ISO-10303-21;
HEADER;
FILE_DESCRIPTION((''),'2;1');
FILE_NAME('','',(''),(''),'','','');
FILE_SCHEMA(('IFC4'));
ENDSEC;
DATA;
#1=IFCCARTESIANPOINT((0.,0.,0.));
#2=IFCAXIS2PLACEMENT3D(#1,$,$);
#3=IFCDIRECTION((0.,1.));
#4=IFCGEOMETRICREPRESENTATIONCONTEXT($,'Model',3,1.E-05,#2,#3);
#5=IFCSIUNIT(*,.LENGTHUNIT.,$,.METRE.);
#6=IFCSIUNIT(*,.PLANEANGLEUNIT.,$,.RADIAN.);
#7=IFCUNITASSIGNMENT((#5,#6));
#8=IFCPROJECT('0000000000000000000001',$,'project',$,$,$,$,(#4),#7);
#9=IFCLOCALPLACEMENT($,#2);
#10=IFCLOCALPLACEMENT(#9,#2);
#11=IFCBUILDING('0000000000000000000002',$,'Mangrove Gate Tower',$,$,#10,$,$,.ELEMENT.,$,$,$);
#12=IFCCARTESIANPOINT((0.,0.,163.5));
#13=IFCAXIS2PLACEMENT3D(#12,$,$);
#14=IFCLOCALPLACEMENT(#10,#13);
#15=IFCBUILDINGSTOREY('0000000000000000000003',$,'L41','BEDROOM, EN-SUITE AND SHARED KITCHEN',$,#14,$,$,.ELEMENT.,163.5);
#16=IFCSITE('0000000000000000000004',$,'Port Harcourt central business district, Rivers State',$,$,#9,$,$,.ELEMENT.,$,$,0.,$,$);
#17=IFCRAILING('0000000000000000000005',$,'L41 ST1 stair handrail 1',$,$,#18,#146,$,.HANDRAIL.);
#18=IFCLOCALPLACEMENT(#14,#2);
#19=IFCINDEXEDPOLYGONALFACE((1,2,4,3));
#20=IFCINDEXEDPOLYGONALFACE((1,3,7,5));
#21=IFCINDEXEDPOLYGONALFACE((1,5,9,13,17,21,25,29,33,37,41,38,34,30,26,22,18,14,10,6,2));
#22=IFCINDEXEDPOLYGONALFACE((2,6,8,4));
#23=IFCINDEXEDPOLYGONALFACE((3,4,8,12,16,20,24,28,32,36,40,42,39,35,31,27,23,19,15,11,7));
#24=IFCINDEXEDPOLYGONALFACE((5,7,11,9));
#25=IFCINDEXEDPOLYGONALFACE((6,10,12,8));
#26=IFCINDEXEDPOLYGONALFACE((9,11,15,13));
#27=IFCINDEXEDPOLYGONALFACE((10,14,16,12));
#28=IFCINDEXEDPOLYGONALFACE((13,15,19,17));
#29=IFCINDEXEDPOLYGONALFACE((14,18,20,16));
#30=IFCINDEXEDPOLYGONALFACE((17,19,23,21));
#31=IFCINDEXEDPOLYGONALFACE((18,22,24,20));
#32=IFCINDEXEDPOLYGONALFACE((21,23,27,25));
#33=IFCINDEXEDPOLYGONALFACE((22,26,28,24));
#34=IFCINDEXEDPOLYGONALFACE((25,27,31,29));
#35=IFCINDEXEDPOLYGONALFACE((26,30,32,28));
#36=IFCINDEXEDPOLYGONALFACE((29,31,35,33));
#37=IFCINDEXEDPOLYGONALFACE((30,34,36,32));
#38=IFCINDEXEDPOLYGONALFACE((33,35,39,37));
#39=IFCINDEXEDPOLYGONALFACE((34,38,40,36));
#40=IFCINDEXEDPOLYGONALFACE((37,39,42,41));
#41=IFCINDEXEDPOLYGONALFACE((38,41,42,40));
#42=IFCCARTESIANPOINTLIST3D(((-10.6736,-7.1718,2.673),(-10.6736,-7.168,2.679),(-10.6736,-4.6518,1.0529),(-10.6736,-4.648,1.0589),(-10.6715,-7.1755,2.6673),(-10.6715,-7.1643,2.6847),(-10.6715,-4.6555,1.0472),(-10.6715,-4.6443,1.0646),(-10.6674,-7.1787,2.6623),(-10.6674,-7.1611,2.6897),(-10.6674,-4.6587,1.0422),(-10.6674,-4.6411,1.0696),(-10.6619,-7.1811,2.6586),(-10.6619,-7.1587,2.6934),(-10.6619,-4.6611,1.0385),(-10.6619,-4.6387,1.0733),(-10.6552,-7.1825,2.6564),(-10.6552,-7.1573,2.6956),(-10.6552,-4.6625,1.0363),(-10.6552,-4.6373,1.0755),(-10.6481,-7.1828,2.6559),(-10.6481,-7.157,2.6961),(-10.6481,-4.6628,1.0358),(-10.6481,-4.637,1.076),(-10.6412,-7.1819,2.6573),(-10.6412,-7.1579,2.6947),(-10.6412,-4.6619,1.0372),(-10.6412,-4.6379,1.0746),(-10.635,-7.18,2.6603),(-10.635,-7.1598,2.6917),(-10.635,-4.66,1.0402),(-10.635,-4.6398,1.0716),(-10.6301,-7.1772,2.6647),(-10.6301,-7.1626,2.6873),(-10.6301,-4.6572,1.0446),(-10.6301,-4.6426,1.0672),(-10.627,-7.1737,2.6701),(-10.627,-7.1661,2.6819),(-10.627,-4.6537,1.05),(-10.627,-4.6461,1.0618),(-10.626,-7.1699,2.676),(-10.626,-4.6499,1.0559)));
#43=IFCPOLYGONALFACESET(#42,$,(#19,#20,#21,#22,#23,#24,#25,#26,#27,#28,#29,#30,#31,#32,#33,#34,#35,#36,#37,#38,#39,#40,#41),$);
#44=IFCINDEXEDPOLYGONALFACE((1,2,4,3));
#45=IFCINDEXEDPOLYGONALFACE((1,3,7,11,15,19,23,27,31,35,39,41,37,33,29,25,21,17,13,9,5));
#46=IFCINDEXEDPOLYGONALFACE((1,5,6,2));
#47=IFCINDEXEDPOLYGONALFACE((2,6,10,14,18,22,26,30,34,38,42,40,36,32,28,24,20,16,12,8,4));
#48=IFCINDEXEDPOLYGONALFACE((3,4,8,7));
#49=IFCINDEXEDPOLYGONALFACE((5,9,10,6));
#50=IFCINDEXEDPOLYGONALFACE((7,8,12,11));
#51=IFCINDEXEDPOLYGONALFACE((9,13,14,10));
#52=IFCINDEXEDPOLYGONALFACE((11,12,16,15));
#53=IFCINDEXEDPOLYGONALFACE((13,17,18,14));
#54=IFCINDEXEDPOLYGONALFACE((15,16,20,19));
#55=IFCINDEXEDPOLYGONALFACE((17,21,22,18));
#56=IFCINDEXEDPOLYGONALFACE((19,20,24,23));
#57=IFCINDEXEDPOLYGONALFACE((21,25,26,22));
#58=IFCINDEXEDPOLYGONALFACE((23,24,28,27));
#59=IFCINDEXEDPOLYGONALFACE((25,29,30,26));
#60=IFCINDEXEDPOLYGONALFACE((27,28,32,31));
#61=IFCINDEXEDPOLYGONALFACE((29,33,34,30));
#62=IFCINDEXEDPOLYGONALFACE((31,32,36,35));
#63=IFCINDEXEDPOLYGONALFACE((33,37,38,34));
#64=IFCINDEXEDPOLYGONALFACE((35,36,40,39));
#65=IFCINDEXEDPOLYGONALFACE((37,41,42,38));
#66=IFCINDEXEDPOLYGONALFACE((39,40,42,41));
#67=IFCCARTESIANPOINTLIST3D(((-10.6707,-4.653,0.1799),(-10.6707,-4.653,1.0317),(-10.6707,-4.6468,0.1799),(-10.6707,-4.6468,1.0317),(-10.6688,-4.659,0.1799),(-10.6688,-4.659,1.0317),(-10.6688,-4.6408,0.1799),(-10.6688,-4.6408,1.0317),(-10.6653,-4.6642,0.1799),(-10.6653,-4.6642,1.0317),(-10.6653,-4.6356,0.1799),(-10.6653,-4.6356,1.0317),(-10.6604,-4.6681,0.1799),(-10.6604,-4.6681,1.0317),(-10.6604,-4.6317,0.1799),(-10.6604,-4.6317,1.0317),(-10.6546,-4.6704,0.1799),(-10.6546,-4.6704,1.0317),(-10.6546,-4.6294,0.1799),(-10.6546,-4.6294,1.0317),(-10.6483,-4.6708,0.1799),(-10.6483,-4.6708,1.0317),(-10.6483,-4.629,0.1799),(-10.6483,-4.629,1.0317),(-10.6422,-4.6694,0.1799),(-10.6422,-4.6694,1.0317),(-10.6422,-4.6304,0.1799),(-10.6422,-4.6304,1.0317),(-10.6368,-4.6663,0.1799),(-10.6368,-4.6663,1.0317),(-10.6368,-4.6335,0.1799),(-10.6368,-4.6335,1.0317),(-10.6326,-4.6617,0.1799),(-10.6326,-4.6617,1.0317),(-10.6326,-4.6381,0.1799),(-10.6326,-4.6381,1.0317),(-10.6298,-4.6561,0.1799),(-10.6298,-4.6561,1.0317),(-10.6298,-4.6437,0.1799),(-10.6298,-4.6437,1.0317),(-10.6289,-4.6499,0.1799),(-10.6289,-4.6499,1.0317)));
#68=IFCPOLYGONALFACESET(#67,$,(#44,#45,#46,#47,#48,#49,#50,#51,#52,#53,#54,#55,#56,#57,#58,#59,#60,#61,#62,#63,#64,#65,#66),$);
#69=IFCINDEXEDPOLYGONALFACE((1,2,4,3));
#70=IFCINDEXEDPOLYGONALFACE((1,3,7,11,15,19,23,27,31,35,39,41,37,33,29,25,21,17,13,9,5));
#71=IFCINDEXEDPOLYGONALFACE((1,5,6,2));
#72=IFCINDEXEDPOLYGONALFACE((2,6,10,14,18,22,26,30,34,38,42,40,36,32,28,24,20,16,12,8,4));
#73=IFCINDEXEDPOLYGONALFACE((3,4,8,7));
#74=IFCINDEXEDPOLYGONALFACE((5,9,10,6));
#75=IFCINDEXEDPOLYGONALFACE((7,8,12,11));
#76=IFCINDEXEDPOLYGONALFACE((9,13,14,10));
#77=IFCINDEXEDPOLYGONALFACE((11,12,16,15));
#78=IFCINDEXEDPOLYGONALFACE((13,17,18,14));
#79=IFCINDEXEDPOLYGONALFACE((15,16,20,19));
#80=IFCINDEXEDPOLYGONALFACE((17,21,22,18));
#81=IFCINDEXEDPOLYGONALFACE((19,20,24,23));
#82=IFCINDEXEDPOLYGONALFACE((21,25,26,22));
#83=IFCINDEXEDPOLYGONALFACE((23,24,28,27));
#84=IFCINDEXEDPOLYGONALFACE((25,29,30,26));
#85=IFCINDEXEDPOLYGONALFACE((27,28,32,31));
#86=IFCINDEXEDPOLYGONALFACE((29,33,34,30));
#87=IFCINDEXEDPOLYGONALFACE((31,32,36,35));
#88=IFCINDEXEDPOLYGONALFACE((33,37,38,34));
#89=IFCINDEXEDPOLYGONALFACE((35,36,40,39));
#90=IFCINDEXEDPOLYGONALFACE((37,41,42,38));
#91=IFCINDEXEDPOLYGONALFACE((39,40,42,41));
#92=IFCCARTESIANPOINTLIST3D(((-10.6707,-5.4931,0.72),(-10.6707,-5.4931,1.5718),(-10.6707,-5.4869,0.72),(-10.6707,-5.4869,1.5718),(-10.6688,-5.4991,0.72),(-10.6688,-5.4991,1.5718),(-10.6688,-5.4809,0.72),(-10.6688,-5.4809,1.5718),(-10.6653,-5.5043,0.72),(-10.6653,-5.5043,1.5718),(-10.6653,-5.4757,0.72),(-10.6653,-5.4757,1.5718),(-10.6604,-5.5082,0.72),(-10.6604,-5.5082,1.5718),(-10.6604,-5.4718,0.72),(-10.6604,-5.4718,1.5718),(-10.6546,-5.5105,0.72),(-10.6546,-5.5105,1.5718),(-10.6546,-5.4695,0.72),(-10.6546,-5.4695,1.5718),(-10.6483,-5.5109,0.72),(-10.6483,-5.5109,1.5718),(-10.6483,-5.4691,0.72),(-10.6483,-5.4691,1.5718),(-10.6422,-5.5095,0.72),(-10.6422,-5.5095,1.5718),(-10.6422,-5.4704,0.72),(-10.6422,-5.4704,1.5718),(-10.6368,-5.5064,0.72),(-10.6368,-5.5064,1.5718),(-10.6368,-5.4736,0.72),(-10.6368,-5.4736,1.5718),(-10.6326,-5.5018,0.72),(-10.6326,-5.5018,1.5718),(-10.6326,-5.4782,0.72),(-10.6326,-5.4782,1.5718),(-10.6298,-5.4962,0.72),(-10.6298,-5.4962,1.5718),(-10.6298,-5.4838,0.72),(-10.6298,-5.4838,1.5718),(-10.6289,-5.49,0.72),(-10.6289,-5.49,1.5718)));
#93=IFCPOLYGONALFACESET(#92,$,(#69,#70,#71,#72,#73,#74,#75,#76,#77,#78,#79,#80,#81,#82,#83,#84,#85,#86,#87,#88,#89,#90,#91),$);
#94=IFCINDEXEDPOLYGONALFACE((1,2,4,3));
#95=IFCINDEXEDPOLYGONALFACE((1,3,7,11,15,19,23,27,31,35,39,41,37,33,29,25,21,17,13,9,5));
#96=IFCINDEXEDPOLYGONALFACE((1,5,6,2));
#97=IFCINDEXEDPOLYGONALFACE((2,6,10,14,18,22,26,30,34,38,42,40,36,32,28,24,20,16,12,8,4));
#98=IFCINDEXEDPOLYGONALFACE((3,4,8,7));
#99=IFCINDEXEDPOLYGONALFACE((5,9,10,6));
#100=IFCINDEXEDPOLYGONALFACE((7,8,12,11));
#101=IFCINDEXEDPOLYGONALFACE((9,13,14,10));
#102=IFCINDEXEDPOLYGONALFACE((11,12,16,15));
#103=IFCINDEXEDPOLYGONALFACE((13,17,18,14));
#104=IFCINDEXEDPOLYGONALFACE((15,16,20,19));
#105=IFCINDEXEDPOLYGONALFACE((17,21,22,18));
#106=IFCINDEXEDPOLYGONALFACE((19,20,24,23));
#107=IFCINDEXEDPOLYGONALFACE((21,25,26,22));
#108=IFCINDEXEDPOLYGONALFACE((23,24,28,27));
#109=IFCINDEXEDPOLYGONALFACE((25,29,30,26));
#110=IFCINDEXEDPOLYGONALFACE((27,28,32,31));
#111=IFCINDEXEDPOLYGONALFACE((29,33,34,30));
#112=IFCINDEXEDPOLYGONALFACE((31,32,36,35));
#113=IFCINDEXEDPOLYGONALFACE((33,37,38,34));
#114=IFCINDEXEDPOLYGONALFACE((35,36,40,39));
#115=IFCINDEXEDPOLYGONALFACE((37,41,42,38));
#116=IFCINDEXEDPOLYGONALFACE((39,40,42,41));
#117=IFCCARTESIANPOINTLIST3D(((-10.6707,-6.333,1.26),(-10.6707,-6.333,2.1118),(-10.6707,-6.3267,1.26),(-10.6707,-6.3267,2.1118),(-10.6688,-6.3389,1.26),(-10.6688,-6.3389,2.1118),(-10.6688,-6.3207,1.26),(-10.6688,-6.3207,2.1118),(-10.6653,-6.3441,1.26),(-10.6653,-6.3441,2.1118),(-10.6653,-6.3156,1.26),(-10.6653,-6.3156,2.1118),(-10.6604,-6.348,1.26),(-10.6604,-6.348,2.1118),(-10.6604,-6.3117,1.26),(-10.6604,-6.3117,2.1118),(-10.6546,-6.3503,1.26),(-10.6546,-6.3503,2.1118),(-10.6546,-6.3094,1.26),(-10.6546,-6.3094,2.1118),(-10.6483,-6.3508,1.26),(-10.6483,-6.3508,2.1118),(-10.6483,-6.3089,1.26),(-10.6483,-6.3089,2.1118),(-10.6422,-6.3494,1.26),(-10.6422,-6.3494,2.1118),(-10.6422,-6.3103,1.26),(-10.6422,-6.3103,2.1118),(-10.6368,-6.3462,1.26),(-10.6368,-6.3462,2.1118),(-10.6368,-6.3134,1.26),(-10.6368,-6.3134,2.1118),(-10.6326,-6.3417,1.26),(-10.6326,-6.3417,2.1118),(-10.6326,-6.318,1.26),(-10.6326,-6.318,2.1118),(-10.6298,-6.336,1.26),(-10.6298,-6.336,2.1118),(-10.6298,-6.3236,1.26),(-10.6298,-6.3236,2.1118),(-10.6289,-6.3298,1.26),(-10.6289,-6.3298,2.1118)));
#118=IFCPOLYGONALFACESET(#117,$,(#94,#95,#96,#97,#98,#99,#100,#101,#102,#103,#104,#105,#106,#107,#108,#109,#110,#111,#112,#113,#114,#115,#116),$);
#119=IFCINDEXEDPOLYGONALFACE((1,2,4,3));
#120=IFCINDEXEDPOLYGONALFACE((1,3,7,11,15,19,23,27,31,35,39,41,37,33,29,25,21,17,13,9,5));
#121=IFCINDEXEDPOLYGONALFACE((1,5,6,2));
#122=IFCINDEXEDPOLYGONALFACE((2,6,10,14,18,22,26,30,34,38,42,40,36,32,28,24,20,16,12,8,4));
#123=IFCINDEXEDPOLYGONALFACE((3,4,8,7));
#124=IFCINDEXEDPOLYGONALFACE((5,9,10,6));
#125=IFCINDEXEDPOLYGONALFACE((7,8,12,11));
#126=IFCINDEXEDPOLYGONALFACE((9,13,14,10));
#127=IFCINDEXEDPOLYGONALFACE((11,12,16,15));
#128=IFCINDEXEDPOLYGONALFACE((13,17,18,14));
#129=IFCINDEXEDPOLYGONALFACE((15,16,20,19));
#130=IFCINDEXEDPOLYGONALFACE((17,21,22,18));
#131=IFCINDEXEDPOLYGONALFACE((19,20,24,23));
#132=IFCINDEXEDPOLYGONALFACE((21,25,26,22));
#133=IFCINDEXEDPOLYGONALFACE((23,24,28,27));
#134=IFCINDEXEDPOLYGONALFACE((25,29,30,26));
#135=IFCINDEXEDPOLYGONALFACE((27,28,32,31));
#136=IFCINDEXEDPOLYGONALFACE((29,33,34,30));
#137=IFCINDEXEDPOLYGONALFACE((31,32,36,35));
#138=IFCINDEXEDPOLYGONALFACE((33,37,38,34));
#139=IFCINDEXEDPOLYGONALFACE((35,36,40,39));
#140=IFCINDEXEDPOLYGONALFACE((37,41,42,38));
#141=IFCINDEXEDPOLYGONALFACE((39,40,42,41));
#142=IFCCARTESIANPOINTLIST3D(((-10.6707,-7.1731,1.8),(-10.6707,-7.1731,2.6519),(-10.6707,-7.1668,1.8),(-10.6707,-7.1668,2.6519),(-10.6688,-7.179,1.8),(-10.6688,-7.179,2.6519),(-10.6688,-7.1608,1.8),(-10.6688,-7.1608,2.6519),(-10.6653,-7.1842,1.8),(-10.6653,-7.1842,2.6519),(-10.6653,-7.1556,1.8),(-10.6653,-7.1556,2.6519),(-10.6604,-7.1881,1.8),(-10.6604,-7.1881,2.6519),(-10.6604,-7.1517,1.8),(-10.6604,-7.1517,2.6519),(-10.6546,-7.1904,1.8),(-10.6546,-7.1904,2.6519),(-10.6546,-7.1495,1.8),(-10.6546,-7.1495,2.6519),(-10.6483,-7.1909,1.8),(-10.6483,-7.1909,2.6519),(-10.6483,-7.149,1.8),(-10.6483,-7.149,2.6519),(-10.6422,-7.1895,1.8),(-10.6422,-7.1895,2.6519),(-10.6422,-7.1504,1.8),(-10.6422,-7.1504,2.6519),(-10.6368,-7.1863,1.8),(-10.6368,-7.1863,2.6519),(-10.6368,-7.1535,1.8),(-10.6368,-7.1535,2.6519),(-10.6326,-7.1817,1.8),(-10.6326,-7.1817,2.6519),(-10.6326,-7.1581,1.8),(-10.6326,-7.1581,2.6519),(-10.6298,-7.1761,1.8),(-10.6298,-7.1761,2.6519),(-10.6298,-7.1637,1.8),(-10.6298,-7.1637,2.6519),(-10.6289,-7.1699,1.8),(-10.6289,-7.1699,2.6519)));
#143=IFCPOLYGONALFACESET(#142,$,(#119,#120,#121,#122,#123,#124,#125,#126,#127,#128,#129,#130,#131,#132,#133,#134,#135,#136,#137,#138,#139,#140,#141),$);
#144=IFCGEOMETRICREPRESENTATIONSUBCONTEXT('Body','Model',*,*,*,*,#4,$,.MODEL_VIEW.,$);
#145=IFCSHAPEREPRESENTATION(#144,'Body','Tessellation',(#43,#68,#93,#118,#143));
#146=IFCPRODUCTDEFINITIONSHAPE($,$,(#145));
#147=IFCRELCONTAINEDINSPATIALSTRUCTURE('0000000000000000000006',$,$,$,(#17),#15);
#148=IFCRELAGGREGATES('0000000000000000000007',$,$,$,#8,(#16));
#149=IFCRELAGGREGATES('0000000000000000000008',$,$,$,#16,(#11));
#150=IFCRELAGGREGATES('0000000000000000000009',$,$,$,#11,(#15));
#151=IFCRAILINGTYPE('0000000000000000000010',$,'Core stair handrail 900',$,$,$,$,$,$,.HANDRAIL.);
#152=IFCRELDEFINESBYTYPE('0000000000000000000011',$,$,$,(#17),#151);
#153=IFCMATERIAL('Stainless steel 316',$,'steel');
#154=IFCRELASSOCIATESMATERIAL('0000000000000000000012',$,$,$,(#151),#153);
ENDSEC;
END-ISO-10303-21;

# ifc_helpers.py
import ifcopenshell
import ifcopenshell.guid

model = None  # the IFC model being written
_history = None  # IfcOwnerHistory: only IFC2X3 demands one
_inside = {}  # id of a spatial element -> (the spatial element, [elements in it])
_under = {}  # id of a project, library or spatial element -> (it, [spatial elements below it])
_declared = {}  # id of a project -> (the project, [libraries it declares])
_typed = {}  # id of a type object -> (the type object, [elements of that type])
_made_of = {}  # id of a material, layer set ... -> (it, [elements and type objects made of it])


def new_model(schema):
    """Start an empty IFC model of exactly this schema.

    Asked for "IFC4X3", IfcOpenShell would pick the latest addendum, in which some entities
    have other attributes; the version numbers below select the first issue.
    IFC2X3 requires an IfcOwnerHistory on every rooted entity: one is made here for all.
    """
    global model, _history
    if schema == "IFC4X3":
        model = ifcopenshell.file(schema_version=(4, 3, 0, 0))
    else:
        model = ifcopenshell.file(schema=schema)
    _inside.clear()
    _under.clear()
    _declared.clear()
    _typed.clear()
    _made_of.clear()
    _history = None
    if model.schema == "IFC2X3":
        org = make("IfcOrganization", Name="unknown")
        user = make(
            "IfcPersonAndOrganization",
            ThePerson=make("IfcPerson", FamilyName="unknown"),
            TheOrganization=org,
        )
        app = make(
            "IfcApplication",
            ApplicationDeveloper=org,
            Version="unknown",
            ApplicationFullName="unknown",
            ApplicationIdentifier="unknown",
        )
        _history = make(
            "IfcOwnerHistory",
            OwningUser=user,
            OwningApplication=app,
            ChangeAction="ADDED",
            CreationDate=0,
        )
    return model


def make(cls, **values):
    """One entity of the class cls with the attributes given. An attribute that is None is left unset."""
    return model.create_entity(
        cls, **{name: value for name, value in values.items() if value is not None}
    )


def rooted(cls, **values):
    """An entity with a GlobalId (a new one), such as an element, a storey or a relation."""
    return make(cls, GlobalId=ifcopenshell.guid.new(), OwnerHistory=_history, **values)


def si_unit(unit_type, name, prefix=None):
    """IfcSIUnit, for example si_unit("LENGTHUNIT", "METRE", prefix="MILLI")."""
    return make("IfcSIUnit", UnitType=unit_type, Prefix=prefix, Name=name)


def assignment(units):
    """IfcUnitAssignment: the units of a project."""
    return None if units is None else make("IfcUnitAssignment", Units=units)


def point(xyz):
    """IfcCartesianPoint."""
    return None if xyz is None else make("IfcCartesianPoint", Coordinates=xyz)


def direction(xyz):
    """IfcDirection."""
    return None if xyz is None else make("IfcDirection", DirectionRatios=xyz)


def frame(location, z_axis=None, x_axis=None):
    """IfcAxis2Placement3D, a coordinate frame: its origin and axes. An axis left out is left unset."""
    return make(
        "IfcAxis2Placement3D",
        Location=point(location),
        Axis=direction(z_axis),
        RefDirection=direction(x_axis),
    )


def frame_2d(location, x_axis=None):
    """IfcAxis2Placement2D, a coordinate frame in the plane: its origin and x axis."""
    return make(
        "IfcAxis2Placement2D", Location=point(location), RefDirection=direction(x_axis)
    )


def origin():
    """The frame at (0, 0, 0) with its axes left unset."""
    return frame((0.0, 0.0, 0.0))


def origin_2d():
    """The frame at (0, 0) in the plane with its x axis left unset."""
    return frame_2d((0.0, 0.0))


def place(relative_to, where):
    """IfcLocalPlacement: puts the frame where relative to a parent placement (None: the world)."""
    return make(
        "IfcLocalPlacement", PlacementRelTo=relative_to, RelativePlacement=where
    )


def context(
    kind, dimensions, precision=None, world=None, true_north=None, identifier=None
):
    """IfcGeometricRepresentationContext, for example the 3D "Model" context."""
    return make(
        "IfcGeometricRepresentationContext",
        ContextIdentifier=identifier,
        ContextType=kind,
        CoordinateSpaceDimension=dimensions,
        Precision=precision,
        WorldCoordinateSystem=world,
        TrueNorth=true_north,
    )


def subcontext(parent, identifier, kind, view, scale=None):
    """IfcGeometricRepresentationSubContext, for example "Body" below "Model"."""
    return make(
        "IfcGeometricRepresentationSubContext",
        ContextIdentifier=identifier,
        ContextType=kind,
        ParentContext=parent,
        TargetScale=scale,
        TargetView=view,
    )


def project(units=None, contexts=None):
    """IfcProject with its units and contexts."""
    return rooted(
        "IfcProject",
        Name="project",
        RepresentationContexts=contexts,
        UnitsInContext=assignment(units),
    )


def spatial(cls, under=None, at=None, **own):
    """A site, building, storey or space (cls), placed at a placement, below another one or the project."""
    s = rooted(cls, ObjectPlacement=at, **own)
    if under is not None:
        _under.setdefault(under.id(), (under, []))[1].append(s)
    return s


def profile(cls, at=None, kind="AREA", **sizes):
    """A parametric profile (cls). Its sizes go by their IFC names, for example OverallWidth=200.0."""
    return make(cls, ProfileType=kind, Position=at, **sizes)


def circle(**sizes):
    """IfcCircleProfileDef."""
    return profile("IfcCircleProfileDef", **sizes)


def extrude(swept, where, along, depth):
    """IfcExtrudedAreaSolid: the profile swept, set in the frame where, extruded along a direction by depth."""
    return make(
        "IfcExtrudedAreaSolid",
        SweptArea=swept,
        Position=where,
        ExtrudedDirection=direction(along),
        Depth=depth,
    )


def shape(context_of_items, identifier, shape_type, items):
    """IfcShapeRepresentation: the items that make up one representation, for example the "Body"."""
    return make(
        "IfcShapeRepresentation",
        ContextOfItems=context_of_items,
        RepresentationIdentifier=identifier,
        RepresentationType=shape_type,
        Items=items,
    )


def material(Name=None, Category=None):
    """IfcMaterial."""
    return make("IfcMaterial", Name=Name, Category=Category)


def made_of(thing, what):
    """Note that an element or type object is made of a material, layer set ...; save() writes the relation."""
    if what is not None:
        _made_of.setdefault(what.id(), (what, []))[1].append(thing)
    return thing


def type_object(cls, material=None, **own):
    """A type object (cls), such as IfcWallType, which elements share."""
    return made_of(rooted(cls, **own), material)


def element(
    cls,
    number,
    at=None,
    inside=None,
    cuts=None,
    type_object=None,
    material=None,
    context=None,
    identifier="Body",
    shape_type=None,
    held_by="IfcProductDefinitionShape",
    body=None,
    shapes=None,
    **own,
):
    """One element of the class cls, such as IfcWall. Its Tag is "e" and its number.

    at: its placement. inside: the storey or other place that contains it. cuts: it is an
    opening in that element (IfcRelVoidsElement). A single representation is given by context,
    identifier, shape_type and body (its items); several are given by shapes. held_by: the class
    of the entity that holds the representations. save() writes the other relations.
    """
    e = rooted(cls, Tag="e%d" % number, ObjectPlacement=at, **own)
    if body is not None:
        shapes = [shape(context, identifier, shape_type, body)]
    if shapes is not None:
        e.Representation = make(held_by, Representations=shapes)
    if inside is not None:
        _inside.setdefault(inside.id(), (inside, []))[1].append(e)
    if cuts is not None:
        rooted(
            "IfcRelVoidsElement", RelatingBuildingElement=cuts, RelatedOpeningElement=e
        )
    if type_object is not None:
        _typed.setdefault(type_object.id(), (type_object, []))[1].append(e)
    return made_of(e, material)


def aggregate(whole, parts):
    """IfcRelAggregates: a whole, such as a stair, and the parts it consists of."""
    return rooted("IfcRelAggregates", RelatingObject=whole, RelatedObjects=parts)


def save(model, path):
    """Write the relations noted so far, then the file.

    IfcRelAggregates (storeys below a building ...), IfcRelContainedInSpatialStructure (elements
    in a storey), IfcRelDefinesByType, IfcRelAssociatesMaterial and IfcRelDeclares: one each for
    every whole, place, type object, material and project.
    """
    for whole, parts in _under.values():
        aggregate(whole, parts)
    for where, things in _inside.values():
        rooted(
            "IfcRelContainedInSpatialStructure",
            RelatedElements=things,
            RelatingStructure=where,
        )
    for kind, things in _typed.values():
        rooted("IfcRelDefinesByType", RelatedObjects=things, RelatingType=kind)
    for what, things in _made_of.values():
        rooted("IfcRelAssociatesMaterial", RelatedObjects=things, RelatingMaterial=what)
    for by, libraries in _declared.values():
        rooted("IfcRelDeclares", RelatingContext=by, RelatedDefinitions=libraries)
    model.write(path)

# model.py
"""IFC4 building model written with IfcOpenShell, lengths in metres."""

from ifc_helpers import new_model, si_unit, direction, frame, origin, origin_2d, place, context, subcontext, project, spatial, circle, extrude, material, type_object, element, save


model = new_model("IFC4")

# Units and contexts
model_context = context("Model", 3, precision=1e-05, world=origin(), true_north=direction((0.0, 1.0)))
body_context = subcontext(model_context, "Body", "Model", "MODEL_VIEW")
ifc_project = project(units=[si_unit("LENGTHUNIT", "METRE"), si_unit("PLANEANGLEUNIT", "RADIAN")], contexts=[model_context])

# Site, building, storey
site_placement = place(None, origin())
site = spatial("IfcSite", under=ifc_project, at=site_placement, Name="Port Harcourt central business district, Rivers State", CompositionType="ELEMENT", RefElevation=0.0)
building_placement = place(site_placement, origin())
building = spatial("IfcBuilding", under=site, at=building_placement, Name="Mangrove Gate Tower", CompositionType="ELEMENT")
storey_placement = place(building_placement, frame((0.0, 0.0, 163.5)))
storey = spatial("IfcBuildingStorey", under=building, at=storey_placement, Name="L41", Description="BEDROOM, EN-SUITE AND SHARED KITCHEN", CompositionType="ELEMENT", Elevation=163.5)

# Railing
ifc_material_1 = material(Name="Stainless steel 316", Category="steel")
railing_type_1 = type_object("IfcRailingType", Name="Core stair handrail 900", PredefinedType="HANDRAIL", material=ifc_material_1)
railing_1_placement = place(storey_placement, frame((-10.6499, -4.6499, 0.1799)))
element("IfcRailing", 1, at=railing_1_placement, inside=storey, type_object=railing_type_1, Name="L41 ST1 stair handrail 1", PredefinedType="HANDRAIL", context=body_context, shape_type="SweptSolid", body=[
    extrude(circle(Radius=0.0239, at=origin_2d()), frame((0.0, 0.0, 0.876), z_axis=(0.0, -0.841163, 0.540782), x_axis=(1.0, 0.0, 0.0)), (0.0, 0.0, 1.0), 2.9958),
    extrude(circle(Radius=0.021, at=origin_2d()), origin(), (0.0, 0.0, 1.0), 0.8518),
    extrude(circle(Radius=0.021, at=origin_2d()), frame((0.0, -0.8401, 0.54)), (0.0, 0.0, 1.0), 0.8518),
    extrude(circle(Radius=0.021, at=origin_2d()), frame((0.0, -1.6799, 1.0801)), (0.0, 0.0, 1.0), 0.8518),
    extrude(circle(Radius=0.021, at=origin_2d()), frame((0.0, -2.52, 1.6201)), (0.0, 0.0, 1.0), 0.8518),
])

save(model, "model.ifc")
